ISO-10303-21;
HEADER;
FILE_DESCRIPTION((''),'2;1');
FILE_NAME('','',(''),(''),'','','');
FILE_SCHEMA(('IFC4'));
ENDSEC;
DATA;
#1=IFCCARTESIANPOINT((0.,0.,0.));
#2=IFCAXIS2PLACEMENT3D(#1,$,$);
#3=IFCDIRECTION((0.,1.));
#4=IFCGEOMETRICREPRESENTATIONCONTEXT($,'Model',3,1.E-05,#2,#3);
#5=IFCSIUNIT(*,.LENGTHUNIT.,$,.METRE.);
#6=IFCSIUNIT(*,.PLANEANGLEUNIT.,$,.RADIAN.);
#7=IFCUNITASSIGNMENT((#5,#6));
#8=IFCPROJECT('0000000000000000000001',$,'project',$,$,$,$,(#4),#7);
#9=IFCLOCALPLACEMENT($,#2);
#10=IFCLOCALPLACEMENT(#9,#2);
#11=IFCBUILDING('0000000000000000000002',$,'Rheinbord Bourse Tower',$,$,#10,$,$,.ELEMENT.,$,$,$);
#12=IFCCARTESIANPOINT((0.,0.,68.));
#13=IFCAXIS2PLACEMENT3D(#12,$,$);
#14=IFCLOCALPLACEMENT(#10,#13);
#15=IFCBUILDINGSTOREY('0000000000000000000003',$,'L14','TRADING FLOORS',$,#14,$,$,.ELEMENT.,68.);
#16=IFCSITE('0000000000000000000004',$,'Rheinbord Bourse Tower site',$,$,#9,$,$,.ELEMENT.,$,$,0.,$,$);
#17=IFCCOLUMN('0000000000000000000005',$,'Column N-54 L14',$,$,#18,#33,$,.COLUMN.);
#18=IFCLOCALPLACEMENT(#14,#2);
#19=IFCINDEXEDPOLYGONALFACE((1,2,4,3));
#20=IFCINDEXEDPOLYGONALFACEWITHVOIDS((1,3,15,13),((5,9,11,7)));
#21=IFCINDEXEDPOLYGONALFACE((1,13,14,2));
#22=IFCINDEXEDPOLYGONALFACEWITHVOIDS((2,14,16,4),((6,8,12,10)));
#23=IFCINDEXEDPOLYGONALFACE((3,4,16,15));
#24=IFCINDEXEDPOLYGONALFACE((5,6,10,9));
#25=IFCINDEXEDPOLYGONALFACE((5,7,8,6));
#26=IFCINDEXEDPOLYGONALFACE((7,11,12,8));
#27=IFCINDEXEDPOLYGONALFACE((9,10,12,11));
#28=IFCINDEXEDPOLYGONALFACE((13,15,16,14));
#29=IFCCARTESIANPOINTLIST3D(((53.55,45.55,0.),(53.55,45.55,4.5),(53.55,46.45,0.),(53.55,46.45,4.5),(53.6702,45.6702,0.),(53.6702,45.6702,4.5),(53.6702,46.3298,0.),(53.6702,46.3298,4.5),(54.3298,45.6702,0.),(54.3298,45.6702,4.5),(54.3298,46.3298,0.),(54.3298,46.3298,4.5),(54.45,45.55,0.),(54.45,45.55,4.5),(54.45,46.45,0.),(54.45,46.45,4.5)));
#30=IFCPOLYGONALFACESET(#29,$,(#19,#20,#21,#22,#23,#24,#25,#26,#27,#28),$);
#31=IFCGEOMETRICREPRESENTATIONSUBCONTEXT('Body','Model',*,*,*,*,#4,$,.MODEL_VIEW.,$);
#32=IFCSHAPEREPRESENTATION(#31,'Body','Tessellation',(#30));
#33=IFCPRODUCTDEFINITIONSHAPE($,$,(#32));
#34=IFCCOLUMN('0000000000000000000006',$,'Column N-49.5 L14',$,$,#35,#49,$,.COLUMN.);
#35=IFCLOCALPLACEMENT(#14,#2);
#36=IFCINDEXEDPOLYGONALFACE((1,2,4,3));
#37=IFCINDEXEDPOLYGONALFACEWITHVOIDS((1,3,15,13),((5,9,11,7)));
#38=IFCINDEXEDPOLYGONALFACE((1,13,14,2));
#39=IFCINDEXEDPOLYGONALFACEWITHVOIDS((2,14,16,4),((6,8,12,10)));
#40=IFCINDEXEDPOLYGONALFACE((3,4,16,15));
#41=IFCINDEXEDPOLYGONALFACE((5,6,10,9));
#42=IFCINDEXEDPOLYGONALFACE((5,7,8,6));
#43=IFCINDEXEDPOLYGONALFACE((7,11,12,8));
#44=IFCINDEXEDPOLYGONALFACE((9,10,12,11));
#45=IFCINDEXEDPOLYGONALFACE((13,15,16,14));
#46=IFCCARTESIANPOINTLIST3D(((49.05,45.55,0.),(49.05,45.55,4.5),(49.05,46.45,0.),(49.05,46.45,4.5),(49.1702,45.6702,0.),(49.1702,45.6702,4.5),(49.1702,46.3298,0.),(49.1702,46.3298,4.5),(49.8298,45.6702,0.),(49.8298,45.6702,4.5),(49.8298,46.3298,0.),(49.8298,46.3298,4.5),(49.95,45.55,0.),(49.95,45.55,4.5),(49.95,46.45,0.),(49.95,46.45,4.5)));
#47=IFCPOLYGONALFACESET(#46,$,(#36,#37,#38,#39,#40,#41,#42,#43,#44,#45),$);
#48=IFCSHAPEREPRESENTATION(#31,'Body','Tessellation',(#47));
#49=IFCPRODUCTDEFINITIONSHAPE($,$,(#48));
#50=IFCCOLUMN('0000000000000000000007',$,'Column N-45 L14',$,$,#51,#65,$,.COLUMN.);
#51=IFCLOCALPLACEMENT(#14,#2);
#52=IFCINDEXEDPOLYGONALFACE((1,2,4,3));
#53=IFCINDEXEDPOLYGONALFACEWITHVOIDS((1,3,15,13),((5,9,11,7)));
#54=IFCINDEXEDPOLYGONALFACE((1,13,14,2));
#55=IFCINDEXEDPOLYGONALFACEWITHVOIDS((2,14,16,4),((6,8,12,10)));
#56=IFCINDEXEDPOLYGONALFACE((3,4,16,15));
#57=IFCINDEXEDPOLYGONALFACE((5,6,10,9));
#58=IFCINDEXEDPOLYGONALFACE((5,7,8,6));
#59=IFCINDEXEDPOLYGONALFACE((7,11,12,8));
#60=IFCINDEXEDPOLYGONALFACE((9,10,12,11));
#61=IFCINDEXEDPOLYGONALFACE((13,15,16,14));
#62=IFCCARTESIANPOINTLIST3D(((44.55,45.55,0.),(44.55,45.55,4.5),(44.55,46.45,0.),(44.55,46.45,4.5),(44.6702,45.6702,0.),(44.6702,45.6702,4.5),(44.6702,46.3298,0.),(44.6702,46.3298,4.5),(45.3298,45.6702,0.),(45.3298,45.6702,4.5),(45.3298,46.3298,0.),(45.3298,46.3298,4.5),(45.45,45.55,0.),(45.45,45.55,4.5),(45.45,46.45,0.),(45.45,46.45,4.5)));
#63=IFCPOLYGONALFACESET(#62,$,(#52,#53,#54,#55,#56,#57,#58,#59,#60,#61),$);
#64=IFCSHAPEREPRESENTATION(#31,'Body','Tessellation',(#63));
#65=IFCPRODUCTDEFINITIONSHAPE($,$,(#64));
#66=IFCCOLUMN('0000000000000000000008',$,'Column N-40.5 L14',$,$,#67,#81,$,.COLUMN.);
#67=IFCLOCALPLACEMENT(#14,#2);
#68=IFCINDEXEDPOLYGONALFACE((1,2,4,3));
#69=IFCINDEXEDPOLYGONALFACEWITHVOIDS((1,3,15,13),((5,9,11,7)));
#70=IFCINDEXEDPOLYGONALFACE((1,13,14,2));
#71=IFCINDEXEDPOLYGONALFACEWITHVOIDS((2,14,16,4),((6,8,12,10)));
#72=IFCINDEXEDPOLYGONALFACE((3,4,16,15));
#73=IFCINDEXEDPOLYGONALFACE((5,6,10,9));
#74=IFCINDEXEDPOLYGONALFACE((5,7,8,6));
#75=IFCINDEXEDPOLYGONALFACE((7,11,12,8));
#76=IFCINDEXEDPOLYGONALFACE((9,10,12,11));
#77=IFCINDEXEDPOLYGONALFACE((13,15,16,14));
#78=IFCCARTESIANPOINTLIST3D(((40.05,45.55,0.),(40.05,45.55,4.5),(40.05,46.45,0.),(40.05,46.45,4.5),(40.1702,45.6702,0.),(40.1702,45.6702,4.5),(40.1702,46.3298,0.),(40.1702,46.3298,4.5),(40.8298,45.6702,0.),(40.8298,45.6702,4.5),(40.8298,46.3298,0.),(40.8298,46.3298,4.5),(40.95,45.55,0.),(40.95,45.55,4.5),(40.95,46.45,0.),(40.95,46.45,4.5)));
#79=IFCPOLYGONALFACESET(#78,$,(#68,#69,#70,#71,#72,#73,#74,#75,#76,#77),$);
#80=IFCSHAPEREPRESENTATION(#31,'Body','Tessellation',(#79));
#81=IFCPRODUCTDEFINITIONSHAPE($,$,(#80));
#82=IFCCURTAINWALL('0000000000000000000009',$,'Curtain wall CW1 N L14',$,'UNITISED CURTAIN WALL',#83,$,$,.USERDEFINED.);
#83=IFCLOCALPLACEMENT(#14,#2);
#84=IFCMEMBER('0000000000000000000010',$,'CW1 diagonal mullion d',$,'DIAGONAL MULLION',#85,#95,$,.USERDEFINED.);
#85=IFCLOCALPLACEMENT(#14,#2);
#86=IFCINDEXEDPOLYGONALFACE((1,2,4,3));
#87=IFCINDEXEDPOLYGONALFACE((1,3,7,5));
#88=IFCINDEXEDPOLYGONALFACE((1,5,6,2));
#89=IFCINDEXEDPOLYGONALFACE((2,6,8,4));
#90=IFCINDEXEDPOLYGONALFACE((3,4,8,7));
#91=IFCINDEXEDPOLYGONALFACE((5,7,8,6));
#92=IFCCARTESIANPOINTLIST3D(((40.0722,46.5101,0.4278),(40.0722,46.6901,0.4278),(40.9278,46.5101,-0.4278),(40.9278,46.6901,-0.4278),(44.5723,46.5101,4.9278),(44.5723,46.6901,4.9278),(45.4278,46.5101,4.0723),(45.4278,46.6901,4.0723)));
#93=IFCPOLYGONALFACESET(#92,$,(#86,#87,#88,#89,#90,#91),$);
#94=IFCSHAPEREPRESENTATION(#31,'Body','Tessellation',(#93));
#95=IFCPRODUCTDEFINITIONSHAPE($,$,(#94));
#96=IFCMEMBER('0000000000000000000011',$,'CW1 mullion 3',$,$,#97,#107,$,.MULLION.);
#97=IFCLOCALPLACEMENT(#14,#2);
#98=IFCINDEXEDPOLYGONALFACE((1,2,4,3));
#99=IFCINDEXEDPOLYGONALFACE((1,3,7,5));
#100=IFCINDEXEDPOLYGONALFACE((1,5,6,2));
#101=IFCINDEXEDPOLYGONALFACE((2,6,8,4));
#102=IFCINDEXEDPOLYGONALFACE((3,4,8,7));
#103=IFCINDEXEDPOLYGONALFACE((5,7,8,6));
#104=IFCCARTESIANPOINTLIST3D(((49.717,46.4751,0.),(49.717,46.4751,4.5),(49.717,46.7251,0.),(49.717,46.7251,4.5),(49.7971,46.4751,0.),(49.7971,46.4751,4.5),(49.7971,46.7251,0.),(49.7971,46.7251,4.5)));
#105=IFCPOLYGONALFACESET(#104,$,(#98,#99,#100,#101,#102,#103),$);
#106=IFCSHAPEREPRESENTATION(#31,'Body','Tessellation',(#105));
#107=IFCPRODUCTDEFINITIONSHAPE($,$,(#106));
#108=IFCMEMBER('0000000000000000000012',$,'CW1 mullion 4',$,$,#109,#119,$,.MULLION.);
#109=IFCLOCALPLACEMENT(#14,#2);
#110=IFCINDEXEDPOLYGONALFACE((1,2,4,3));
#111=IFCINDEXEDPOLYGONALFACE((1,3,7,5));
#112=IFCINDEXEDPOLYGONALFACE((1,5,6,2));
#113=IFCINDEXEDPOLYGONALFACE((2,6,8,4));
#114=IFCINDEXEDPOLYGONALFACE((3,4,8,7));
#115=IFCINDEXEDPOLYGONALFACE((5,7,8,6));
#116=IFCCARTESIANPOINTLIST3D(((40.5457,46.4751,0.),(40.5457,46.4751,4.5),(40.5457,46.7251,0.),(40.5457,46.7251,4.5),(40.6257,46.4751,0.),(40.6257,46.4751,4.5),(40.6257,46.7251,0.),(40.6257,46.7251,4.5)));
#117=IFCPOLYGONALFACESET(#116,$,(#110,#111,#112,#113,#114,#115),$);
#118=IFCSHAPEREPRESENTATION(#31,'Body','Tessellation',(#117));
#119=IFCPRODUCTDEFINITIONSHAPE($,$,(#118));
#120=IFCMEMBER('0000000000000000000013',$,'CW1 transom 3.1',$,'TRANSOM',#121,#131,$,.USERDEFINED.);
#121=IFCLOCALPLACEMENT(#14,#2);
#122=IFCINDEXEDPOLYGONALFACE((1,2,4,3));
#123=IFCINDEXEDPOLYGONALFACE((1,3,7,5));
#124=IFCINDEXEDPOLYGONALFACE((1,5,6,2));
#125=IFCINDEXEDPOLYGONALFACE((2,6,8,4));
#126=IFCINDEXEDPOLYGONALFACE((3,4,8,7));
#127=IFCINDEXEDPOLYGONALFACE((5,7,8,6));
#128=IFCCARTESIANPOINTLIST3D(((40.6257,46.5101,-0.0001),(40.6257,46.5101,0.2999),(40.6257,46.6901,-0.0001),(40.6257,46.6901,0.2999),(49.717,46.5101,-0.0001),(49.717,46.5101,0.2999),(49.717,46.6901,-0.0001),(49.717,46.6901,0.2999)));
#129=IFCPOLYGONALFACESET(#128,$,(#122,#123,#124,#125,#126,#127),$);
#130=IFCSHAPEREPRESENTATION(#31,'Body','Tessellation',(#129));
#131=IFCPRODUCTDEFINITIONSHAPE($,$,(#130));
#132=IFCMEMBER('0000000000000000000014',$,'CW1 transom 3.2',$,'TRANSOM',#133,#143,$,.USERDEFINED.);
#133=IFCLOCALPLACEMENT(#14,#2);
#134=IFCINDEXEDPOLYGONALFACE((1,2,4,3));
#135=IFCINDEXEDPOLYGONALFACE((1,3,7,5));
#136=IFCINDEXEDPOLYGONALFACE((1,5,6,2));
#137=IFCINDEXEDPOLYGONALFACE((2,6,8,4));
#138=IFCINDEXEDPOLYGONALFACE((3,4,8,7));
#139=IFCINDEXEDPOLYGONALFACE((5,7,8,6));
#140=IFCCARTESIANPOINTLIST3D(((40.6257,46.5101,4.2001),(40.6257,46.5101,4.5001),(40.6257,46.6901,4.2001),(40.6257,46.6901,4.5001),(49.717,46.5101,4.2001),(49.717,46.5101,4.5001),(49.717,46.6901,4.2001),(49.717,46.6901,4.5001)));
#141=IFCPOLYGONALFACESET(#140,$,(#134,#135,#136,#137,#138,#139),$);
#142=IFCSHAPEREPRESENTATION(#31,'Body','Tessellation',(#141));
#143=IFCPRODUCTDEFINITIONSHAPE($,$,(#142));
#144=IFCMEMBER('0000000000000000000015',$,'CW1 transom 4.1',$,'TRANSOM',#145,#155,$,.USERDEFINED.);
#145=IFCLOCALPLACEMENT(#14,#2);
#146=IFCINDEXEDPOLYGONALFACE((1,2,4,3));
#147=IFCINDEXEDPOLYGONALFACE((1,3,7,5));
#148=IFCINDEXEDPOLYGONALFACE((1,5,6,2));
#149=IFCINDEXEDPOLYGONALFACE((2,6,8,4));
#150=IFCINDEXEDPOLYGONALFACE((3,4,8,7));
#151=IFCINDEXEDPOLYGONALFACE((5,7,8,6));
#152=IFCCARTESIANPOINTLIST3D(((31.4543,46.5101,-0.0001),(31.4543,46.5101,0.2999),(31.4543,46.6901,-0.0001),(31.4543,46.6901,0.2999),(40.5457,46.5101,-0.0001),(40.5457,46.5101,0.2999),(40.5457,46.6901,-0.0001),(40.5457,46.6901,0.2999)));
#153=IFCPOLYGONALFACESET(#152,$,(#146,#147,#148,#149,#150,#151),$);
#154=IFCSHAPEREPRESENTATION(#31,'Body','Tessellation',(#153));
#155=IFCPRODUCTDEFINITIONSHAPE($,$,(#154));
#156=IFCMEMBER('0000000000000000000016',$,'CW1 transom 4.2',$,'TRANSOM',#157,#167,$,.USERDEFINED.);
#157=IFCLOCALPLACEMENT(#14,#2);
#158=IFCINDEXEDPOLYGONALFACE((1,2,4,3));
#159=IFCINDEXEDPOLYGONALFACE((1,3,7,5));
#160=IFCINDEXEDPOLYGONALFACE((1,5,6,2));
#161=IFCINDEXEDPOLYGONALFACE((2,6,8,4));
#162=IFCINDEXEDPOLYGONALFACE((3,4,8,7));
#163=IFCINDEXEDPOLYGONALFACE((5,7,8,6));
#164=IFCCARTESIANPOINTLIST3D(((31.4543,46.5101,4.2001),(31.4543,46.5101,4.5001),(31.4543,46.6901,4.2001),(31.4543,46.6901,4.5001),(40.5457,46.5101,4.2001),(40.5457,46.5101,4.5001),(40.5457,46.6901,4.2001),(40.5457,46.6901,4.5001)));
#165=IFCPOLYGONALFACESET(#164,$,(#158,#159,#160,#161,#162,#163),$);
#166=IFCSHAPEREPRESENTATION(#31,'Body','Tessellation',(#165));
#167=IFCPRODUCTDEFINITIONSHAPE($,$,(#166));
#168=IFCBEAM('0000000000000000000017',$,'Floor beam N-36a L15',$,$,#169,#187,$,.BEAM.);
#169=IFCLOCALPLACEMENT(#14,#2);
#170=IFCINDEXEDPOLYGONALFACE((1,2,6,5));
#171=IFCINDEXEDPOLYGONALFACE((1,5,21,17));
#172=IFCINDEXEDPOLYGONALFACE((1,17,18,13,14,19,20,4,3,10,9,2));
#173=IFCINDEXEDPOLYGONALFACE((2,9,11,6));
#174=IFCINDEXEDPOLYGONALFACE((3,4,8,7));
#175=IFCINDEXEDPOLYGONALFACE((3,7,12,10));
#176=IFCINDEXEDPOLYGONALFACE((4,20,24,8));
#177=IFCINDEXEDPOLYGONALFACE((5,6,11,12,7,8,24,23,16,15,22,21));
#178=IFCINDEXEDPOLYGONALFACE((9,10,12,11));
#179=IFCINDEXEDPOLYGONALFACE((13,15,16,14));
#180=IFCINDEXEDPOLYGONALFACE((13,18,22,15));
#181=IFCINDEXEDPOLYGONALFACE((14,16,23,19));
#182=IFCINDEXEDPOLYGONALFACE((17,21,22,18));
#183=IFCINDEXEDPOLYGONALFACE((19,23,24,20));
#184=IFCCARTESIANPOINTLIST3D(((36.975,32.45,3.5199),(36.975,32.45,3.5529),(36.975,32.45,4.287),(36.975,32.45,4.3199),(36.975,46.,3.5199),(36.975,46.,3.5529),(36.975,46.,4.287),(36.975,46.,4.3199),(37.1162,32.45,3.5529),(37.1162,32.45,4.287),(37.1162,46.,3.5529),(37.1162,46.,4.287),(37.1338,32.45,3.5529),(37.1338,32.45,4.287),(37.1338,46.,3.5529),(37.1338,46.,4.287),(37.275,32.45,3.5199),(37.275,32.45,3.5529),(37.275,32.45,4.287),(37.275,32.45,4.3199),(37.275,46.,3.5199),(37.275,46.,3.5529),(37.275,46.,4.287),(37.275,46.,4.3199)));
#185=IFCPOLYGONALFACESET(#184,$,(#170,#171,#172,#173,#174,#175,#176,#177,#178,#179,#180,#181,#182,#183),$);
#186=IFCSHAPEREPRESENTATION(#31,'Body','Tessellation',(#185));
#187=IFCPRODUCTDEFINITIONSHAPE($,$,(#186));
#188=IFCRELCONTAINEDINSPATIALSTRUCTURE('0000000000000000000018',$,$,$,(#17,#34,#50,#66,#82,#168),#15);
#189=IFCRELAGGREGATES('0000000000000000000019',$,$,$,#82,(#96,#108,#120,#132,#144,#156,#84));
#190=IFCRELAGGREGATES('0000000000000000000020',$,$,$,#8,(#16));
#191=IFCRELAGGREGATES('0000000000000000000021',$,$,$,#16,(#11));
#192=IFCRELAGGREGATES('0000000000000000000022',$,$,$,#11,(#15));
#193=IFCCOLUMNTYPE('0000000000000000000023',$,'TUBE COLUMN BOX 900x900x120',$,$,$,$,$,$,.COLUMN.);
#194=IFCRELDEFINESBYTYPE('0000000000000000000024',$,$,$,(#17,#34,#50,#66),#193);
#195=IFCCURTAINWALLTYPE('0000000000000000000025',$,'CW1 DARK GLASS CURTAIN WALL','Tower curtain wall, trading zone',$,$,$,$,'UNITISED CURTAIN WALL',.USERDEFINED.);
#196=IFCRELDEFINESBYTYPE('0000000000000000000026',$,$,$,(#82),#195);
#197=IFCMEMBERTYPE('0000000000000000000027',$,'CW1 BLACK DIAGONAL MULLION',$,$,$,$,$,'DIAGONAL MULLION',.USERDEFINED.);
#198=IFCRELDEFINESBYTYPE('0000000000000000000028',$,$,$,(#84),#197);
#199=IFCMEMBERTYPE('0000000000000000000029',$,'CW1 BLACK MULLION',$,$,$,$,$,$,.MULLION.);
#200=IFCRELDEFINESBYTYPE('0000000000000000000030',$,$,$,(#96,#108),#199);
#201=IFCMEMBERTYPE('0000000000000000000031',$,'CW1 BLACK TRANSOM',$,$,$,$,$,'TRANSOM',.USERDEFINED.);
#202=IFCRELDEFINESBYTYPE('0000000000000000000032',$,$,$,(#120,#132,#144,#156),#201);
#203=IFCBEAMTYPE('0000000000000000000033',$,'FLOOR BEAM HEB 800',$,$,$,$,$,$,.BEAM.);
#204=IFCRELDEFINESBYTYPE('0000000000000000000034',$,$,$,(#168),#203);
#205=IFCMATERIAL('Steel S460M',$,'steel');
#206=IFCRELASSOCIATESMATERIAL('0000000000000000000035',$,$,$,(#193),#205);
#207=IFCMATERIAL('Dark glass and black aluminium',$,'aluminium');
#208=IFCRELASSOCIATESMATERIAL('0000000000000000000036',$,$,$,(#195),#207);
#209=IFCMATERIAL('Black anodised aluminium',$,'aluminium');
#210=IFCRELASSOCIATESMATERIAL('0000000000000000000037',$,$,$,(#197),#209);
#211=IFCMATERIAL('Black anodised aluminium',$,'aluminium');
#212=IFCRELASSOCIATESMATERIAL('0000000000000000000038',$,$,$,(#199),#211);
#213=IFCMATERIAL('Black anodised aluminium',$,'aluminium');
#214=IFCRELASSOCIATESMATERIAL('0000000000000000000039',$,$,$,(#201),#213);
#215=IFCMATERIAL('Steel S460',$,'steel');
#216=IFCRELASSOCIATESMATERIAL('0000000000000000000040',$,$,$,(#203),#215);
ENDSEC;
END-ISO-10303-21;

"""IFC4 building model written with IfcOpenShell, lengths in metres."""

from ifc_helpers import new_model, si_unit, direction, frame, origin, origin_2d, place, context, subcontext, project, spatial, rectangle, hollow_rectangle, i_section, extrude, material, material_profile, profile_set, type_object, element, aggregate, save


model = new_model("IFC4")

# Units and contexts
model_context = context("Model", 3, precision=1e-05, world=origin(), true_north=direction((0.0, 1.0)))
body_context = subcontext(model_context, "Body", "Model", "MODEL_VIEW")
ifc_project = project(units=[si_unit("LENGTHUNIT", "METRE"), si_unit("PLANEANGLEUNIT", "RADIAN")], contexts=[model_context])

# Site, building, storey
site_placement = place(None, origin())
site = spatial("IfcSite", under=ifc_project, at=site_placement, Name="Rheinbord Bourse Tower site", CompositionType="ELEMENT", RefElevation=0.0)
building_placement = place(site_placement, origin())
building = spatial("IfcBuilding", under=site, at=building_placement, Name="Rheinbord Bourse Tower", CompositionType="ELEMENT")
storey_placement = place(building_placement, frame((0.0, 0.0, 68.0)))
storey = spatial("IfcBuildingStorey", under=building, at=storey_placement, Name="L14", Description="TRADING FLOORS", CompositionType="ELEMENT", Elevation=68.0)

# Columns
ifc_material_1 = material(Name="Steel S460M", Category="steel")
ifc_material_profile_1 = material_profile(ifc_material_1, hollow_rectangle(XDim=0.8999, YDim=0.8999, WallThickness=0.1201, at=origin_2d()), Name="BOX 900x900x120")
ifc_profile_set_1 = profile_set([ifc_material_profile_1], Name="Steel S460M")
column_type = type_object("IfcColumnType", Name="TUBE COLUMN BOX 900x900x120", PredefinedType="COLUMN", material=ifc_profile_set_1)
for number, where, z_axis, x_axis, name in (
    (1, (54.0, 46.0, 0.0), (0.0, 0.0, 1.0), (0.0, 1.0, 0.0), "Column N-54 L14"),
    (2, (49.5, 46.0, 0.0), (0.0, 0.0, 1.0), (0.0, 1.0, 0.0), "Column N-49.5 L14"),
    (3, (45.0, 46.0, 0.0), (0.0, 0.0, 1.0), (0.0, 1.0, 0.0), "Column N-45 L14"),
    (4, (40.5, 46.0, 0.0), (0.0, 0.0, 1.0), (0.0, 1.0, 0.0), "Column N-40.5 L14"),
):
    element("IfcColumn", number, at=place(storey_placement, frame(where, z_axis=z_axis, x_axis=x_axis)), inside=storey, type_object=column_type, Name=name, PredefinedType="COLUMN", context=body_context, shape_type="SweptSolid", body=[
        extrude(hollow_rectangle(XDim=0.8999, YDim=0.8999, WallThickness=0.1201, at=origin_2d()), origin(), (0.0, 0.0, 1.0), 4.5),
    ])

# Curtain wall, members
ifc_material_2 = material(Name="Dark glass and black aluminium", Category="aluminium")
curtain_wall_type = type_object("IfcCurtainWallType", Name="CW1 DARK GLASS CURTAIN WALL", Description="Tower curtain wall, trading zone", ElementType="UNITISED CURTAIN WALL", PredefinedType="USERDEFINED", material=ifc_material_2)
curtain_wall_placement = place(storey_placement, origin())
curtain_wall = element("IfcCurtainWall", 5, at=curtain_wall_placement, inside=storey, type_object=curtain_wall_type, Name="Curtain wall CW1 N L14", ObjectType="UNITISED CURTAIN WALL", PredefinedType="USERDEFINED")
ifc_material_3 = material(Name="Black anodised aluminium", Category="aluminium")
ifc_material_profile_2 = material_profile(ifc_material_3, rectangle(XDim=0.1799, YDim=1.21, at=origin_2d()), Name="CW1 DIAGONAL MULLION 1210x180")
ifc_profile_set_2 = profile_set([ifc_material_profile_2], Name="Black anodised aluminium")
member_type_1 = type_object("IfcMemberType", Name="CW1 BLACK DIAGONAL MULLION", ElementType="DIAGONAL MULLION", PredefinedType="USERDEFINED", material=ifc_profile_set_2)
member_1_placement = place(storey_placement, frame((40.5, 46.6001, 0.0), z_axis=(0.707107, 0.0, 0.707107), x_axis=(0.0, 1.0, 0.0)))
member_1 = element("IfcMember", 6, at=member_1_placement, type_object=member_type_1, Name="CW1 diagonal mullion d", ObjectType="DIAGONAL MULLION", PredefinedType="USERDEFINED", context=body_context, shape_type="SweptSolid", body=[
    extrude(rectangle(XDim=0.1799, YDim=1.21, at=origin_2d()), origin(), (0.0, 0.0, 1.0), 6.364),
])
ifc_material_4 = material(Name="Black anodised aluminium", Category="aluminium")
ifc_material_profile_3 = material_profile(ifc_material_4, rectangle(XDim=0.25, YDim=0.0801, at=origin_2d()), Name="CW1 MULLION 80x250")
ifc_profile_set_3 = profile_set([ifc_material_profile_3], Name="Black anodised aluminium")
member_type_2 = type_object("IfcMemberType", Name="CW1 BLACK MULLION", PredefinedType="MULLION", material=ifc_profile_set_3)
member_2_placement = place(storey_placement, frame((49.7571, 46.6001, 0.0), z_axis=(0.0, 0.0, 1.0), x_axis=(0.0, -1.0, 0.0)))
member_2 = element("IfcMember", 7, at=member_2_placement, type_object=member_type_2, Name="CW1 mullion 3", PredefinedType="MULLION", context=body_context, shape_type="SweptSolid", body=[
    extrude(rectangle(XDim=0.25, YDim=0.0801, at=origin_2d()), origin(), (0.0, 0.0, 1.0), 4.5),
])
member_3_placement = place(storey_placement, frame((40.5857, 46.6001, 0.0), z_axis=(0.0, 0.0, 1.0), x_axis=(0.0, -1.0, 0.0)))
member_3 = element("IfcMember", 8, at=member_3_placement, type_object=member_type_2, Name="CW1 mullion 4", PredefinedType="MULLION", context=body_context, shape_type="SweptSolid", body=[
    extrude(rectangle(XDim=0.25, YDim=0.0801, at=origin_2d()), origin(), (0.0, 0.0, 1.0), 4.5),
])
ifc_material_5 = material(Name="Black anodised aluminium", Category="aluminium")
ifc_material_profile_4 = material_profile(ifc_material_5, rectangle(XDim=0.1799, YDim=0.3, at=origin_2d()), Name="CW1 TRANSOM 300x180")
ifc_profile_set_4 = profile_set([ifc_material_profile_4], Name="Black anodised aluminium")
member_type_3 = type_object("IfcMemberType", Name="CW1 BLACK TRANSOM", ElementType="TRANSOM", PredefinedType="USERDEFINED", material=ifc_profile_set_4)
member_4_placement = place(storey_placement, frame((49.717, 46.6001, 0.1499), z_axis=(-1.0, 0.0, 0.0), x_axis=(0.0, -1.0, 0.0)))
member_4 = element("IfcMember", 9, at=member_4_placement, type_object=member_type_3, Name="CW1 transom 3.1", ObjectType="TRANSOM", PredefinedType="USERDEFINED", context=body_context, shape_type="SweptSolid", body=[
    extrude(rectangle(XDim=0.1799, YDim=0.3, at=origin_2d()), origin(), (0.0, 0.0, 1.0), 9.0913),
])
member_5_placement = place(storey_placement, frame((49.717, 46.6001, 4.3501), z_axis=(-1.0, 0.0, 0.0), x_axis=(0.0, -1.0, 0.0)))
member_5 = element("IfcMember", 10, at=member_5_placement, type_object=member_type_3, Name="CW1 transom 3.2", ObjectType="TRANSOM", PredefinedType="USERDEFINED", context=body_context, shape_type="SweptSolid", body=[
    extrude(rectangle(XDim=0.1799, YDim=0.3, at=origin_2d()), origin(), (0.0, 0.0, 1.0), 9.0913),
])
member_6_placement = place(storey_placement, frame((40.5457, 46.6001, 0.1499), z_axis=(-1.0, 0.0, 0.0), x_axis=(0.0, -1.0, 0.0)))
member_6 = element("IfcMember", 11, at=member_6_placement, type_object=member_type_3, Name="CW1 transom 4.1", ObjectType="TRANSOM", PredefinedType="USERDEFINED", context=body_context, shape_type="SweptSolid", body=[
    extrude(rectangle(XDim=0.1799, YDim=0.3, at=origin_2d()), origin(), (0.0, 0.0, 1.0), 9.0913),
])
member_7_placement = place(storey_placement, frame((40.5457, 46.6001, 4.3501), z_axis=(-1.0, 0.0, 0.0), x_axis=(0.0, -1.0, 0.0)))
member_7 = element("IfcMember", 12, at=member_7_placement, type_object=member_type_3, Name="CW1 transom 4.2", ObjectType="TRANSOM", PredefinedType="USERDEFINED", context=body_context, shape_type="SweptSolid", body=[
    extrude(rectangle(XDim=0.1799, YDim=0.3, at=origin_2d()), origin(), (0.0, 0.0, 1.0), 9.0913),
])

# Beam
ifc_material_6 = material(Name="Steel S460", Category="steel")
ifc_material_profile_5 = material_profile(ifc_material_6, i_section(OverallWidth=0.3, OverallDepth=0.8, WebThickness=0.0176, FlangeThickness=0.033, at=origin_2d()), Name="HEB 800")
ifc_profile_set_5 = profile_set([ifc_material_profile_5], Name="Steel S460")
beam_type_1 = type_object("IfcBeamType", Name="FLOOR BEAM HEB 800", PredefinedType="BEAM", material=ifc_profile_set_5)
for number, where, z_axis, x_axis, name in (
    (13, (37.125, 46.0, 3.9199), (0.0, -1.0, 0.0), (1.0, 0.0, 0.0), "Floor beam N-36a L15"),
):
    element("IfcBeam", number, at=place(storey_placement, frame(where, z_axis=z_axis, x_axis=x_axis)), inside=storey, type_object=beam_type_1, Name=name, PredefinedType="BEAM", context=body_context, shape_type="SweptSolid", body=[
        extrude(i_section(OverallWidth=0.3, OverallDepth=0.8, WebThickness=0.0176, FlangeThickness=0.033, at=origin_2d()), origin(), (0.0, 0.0, 1.0), 13.55),
    ])

aggregate(curtain_wall, [member_2, member_3, member_4, member_5, member_6, member_7, member_1])

save(model, "model.ifc")
